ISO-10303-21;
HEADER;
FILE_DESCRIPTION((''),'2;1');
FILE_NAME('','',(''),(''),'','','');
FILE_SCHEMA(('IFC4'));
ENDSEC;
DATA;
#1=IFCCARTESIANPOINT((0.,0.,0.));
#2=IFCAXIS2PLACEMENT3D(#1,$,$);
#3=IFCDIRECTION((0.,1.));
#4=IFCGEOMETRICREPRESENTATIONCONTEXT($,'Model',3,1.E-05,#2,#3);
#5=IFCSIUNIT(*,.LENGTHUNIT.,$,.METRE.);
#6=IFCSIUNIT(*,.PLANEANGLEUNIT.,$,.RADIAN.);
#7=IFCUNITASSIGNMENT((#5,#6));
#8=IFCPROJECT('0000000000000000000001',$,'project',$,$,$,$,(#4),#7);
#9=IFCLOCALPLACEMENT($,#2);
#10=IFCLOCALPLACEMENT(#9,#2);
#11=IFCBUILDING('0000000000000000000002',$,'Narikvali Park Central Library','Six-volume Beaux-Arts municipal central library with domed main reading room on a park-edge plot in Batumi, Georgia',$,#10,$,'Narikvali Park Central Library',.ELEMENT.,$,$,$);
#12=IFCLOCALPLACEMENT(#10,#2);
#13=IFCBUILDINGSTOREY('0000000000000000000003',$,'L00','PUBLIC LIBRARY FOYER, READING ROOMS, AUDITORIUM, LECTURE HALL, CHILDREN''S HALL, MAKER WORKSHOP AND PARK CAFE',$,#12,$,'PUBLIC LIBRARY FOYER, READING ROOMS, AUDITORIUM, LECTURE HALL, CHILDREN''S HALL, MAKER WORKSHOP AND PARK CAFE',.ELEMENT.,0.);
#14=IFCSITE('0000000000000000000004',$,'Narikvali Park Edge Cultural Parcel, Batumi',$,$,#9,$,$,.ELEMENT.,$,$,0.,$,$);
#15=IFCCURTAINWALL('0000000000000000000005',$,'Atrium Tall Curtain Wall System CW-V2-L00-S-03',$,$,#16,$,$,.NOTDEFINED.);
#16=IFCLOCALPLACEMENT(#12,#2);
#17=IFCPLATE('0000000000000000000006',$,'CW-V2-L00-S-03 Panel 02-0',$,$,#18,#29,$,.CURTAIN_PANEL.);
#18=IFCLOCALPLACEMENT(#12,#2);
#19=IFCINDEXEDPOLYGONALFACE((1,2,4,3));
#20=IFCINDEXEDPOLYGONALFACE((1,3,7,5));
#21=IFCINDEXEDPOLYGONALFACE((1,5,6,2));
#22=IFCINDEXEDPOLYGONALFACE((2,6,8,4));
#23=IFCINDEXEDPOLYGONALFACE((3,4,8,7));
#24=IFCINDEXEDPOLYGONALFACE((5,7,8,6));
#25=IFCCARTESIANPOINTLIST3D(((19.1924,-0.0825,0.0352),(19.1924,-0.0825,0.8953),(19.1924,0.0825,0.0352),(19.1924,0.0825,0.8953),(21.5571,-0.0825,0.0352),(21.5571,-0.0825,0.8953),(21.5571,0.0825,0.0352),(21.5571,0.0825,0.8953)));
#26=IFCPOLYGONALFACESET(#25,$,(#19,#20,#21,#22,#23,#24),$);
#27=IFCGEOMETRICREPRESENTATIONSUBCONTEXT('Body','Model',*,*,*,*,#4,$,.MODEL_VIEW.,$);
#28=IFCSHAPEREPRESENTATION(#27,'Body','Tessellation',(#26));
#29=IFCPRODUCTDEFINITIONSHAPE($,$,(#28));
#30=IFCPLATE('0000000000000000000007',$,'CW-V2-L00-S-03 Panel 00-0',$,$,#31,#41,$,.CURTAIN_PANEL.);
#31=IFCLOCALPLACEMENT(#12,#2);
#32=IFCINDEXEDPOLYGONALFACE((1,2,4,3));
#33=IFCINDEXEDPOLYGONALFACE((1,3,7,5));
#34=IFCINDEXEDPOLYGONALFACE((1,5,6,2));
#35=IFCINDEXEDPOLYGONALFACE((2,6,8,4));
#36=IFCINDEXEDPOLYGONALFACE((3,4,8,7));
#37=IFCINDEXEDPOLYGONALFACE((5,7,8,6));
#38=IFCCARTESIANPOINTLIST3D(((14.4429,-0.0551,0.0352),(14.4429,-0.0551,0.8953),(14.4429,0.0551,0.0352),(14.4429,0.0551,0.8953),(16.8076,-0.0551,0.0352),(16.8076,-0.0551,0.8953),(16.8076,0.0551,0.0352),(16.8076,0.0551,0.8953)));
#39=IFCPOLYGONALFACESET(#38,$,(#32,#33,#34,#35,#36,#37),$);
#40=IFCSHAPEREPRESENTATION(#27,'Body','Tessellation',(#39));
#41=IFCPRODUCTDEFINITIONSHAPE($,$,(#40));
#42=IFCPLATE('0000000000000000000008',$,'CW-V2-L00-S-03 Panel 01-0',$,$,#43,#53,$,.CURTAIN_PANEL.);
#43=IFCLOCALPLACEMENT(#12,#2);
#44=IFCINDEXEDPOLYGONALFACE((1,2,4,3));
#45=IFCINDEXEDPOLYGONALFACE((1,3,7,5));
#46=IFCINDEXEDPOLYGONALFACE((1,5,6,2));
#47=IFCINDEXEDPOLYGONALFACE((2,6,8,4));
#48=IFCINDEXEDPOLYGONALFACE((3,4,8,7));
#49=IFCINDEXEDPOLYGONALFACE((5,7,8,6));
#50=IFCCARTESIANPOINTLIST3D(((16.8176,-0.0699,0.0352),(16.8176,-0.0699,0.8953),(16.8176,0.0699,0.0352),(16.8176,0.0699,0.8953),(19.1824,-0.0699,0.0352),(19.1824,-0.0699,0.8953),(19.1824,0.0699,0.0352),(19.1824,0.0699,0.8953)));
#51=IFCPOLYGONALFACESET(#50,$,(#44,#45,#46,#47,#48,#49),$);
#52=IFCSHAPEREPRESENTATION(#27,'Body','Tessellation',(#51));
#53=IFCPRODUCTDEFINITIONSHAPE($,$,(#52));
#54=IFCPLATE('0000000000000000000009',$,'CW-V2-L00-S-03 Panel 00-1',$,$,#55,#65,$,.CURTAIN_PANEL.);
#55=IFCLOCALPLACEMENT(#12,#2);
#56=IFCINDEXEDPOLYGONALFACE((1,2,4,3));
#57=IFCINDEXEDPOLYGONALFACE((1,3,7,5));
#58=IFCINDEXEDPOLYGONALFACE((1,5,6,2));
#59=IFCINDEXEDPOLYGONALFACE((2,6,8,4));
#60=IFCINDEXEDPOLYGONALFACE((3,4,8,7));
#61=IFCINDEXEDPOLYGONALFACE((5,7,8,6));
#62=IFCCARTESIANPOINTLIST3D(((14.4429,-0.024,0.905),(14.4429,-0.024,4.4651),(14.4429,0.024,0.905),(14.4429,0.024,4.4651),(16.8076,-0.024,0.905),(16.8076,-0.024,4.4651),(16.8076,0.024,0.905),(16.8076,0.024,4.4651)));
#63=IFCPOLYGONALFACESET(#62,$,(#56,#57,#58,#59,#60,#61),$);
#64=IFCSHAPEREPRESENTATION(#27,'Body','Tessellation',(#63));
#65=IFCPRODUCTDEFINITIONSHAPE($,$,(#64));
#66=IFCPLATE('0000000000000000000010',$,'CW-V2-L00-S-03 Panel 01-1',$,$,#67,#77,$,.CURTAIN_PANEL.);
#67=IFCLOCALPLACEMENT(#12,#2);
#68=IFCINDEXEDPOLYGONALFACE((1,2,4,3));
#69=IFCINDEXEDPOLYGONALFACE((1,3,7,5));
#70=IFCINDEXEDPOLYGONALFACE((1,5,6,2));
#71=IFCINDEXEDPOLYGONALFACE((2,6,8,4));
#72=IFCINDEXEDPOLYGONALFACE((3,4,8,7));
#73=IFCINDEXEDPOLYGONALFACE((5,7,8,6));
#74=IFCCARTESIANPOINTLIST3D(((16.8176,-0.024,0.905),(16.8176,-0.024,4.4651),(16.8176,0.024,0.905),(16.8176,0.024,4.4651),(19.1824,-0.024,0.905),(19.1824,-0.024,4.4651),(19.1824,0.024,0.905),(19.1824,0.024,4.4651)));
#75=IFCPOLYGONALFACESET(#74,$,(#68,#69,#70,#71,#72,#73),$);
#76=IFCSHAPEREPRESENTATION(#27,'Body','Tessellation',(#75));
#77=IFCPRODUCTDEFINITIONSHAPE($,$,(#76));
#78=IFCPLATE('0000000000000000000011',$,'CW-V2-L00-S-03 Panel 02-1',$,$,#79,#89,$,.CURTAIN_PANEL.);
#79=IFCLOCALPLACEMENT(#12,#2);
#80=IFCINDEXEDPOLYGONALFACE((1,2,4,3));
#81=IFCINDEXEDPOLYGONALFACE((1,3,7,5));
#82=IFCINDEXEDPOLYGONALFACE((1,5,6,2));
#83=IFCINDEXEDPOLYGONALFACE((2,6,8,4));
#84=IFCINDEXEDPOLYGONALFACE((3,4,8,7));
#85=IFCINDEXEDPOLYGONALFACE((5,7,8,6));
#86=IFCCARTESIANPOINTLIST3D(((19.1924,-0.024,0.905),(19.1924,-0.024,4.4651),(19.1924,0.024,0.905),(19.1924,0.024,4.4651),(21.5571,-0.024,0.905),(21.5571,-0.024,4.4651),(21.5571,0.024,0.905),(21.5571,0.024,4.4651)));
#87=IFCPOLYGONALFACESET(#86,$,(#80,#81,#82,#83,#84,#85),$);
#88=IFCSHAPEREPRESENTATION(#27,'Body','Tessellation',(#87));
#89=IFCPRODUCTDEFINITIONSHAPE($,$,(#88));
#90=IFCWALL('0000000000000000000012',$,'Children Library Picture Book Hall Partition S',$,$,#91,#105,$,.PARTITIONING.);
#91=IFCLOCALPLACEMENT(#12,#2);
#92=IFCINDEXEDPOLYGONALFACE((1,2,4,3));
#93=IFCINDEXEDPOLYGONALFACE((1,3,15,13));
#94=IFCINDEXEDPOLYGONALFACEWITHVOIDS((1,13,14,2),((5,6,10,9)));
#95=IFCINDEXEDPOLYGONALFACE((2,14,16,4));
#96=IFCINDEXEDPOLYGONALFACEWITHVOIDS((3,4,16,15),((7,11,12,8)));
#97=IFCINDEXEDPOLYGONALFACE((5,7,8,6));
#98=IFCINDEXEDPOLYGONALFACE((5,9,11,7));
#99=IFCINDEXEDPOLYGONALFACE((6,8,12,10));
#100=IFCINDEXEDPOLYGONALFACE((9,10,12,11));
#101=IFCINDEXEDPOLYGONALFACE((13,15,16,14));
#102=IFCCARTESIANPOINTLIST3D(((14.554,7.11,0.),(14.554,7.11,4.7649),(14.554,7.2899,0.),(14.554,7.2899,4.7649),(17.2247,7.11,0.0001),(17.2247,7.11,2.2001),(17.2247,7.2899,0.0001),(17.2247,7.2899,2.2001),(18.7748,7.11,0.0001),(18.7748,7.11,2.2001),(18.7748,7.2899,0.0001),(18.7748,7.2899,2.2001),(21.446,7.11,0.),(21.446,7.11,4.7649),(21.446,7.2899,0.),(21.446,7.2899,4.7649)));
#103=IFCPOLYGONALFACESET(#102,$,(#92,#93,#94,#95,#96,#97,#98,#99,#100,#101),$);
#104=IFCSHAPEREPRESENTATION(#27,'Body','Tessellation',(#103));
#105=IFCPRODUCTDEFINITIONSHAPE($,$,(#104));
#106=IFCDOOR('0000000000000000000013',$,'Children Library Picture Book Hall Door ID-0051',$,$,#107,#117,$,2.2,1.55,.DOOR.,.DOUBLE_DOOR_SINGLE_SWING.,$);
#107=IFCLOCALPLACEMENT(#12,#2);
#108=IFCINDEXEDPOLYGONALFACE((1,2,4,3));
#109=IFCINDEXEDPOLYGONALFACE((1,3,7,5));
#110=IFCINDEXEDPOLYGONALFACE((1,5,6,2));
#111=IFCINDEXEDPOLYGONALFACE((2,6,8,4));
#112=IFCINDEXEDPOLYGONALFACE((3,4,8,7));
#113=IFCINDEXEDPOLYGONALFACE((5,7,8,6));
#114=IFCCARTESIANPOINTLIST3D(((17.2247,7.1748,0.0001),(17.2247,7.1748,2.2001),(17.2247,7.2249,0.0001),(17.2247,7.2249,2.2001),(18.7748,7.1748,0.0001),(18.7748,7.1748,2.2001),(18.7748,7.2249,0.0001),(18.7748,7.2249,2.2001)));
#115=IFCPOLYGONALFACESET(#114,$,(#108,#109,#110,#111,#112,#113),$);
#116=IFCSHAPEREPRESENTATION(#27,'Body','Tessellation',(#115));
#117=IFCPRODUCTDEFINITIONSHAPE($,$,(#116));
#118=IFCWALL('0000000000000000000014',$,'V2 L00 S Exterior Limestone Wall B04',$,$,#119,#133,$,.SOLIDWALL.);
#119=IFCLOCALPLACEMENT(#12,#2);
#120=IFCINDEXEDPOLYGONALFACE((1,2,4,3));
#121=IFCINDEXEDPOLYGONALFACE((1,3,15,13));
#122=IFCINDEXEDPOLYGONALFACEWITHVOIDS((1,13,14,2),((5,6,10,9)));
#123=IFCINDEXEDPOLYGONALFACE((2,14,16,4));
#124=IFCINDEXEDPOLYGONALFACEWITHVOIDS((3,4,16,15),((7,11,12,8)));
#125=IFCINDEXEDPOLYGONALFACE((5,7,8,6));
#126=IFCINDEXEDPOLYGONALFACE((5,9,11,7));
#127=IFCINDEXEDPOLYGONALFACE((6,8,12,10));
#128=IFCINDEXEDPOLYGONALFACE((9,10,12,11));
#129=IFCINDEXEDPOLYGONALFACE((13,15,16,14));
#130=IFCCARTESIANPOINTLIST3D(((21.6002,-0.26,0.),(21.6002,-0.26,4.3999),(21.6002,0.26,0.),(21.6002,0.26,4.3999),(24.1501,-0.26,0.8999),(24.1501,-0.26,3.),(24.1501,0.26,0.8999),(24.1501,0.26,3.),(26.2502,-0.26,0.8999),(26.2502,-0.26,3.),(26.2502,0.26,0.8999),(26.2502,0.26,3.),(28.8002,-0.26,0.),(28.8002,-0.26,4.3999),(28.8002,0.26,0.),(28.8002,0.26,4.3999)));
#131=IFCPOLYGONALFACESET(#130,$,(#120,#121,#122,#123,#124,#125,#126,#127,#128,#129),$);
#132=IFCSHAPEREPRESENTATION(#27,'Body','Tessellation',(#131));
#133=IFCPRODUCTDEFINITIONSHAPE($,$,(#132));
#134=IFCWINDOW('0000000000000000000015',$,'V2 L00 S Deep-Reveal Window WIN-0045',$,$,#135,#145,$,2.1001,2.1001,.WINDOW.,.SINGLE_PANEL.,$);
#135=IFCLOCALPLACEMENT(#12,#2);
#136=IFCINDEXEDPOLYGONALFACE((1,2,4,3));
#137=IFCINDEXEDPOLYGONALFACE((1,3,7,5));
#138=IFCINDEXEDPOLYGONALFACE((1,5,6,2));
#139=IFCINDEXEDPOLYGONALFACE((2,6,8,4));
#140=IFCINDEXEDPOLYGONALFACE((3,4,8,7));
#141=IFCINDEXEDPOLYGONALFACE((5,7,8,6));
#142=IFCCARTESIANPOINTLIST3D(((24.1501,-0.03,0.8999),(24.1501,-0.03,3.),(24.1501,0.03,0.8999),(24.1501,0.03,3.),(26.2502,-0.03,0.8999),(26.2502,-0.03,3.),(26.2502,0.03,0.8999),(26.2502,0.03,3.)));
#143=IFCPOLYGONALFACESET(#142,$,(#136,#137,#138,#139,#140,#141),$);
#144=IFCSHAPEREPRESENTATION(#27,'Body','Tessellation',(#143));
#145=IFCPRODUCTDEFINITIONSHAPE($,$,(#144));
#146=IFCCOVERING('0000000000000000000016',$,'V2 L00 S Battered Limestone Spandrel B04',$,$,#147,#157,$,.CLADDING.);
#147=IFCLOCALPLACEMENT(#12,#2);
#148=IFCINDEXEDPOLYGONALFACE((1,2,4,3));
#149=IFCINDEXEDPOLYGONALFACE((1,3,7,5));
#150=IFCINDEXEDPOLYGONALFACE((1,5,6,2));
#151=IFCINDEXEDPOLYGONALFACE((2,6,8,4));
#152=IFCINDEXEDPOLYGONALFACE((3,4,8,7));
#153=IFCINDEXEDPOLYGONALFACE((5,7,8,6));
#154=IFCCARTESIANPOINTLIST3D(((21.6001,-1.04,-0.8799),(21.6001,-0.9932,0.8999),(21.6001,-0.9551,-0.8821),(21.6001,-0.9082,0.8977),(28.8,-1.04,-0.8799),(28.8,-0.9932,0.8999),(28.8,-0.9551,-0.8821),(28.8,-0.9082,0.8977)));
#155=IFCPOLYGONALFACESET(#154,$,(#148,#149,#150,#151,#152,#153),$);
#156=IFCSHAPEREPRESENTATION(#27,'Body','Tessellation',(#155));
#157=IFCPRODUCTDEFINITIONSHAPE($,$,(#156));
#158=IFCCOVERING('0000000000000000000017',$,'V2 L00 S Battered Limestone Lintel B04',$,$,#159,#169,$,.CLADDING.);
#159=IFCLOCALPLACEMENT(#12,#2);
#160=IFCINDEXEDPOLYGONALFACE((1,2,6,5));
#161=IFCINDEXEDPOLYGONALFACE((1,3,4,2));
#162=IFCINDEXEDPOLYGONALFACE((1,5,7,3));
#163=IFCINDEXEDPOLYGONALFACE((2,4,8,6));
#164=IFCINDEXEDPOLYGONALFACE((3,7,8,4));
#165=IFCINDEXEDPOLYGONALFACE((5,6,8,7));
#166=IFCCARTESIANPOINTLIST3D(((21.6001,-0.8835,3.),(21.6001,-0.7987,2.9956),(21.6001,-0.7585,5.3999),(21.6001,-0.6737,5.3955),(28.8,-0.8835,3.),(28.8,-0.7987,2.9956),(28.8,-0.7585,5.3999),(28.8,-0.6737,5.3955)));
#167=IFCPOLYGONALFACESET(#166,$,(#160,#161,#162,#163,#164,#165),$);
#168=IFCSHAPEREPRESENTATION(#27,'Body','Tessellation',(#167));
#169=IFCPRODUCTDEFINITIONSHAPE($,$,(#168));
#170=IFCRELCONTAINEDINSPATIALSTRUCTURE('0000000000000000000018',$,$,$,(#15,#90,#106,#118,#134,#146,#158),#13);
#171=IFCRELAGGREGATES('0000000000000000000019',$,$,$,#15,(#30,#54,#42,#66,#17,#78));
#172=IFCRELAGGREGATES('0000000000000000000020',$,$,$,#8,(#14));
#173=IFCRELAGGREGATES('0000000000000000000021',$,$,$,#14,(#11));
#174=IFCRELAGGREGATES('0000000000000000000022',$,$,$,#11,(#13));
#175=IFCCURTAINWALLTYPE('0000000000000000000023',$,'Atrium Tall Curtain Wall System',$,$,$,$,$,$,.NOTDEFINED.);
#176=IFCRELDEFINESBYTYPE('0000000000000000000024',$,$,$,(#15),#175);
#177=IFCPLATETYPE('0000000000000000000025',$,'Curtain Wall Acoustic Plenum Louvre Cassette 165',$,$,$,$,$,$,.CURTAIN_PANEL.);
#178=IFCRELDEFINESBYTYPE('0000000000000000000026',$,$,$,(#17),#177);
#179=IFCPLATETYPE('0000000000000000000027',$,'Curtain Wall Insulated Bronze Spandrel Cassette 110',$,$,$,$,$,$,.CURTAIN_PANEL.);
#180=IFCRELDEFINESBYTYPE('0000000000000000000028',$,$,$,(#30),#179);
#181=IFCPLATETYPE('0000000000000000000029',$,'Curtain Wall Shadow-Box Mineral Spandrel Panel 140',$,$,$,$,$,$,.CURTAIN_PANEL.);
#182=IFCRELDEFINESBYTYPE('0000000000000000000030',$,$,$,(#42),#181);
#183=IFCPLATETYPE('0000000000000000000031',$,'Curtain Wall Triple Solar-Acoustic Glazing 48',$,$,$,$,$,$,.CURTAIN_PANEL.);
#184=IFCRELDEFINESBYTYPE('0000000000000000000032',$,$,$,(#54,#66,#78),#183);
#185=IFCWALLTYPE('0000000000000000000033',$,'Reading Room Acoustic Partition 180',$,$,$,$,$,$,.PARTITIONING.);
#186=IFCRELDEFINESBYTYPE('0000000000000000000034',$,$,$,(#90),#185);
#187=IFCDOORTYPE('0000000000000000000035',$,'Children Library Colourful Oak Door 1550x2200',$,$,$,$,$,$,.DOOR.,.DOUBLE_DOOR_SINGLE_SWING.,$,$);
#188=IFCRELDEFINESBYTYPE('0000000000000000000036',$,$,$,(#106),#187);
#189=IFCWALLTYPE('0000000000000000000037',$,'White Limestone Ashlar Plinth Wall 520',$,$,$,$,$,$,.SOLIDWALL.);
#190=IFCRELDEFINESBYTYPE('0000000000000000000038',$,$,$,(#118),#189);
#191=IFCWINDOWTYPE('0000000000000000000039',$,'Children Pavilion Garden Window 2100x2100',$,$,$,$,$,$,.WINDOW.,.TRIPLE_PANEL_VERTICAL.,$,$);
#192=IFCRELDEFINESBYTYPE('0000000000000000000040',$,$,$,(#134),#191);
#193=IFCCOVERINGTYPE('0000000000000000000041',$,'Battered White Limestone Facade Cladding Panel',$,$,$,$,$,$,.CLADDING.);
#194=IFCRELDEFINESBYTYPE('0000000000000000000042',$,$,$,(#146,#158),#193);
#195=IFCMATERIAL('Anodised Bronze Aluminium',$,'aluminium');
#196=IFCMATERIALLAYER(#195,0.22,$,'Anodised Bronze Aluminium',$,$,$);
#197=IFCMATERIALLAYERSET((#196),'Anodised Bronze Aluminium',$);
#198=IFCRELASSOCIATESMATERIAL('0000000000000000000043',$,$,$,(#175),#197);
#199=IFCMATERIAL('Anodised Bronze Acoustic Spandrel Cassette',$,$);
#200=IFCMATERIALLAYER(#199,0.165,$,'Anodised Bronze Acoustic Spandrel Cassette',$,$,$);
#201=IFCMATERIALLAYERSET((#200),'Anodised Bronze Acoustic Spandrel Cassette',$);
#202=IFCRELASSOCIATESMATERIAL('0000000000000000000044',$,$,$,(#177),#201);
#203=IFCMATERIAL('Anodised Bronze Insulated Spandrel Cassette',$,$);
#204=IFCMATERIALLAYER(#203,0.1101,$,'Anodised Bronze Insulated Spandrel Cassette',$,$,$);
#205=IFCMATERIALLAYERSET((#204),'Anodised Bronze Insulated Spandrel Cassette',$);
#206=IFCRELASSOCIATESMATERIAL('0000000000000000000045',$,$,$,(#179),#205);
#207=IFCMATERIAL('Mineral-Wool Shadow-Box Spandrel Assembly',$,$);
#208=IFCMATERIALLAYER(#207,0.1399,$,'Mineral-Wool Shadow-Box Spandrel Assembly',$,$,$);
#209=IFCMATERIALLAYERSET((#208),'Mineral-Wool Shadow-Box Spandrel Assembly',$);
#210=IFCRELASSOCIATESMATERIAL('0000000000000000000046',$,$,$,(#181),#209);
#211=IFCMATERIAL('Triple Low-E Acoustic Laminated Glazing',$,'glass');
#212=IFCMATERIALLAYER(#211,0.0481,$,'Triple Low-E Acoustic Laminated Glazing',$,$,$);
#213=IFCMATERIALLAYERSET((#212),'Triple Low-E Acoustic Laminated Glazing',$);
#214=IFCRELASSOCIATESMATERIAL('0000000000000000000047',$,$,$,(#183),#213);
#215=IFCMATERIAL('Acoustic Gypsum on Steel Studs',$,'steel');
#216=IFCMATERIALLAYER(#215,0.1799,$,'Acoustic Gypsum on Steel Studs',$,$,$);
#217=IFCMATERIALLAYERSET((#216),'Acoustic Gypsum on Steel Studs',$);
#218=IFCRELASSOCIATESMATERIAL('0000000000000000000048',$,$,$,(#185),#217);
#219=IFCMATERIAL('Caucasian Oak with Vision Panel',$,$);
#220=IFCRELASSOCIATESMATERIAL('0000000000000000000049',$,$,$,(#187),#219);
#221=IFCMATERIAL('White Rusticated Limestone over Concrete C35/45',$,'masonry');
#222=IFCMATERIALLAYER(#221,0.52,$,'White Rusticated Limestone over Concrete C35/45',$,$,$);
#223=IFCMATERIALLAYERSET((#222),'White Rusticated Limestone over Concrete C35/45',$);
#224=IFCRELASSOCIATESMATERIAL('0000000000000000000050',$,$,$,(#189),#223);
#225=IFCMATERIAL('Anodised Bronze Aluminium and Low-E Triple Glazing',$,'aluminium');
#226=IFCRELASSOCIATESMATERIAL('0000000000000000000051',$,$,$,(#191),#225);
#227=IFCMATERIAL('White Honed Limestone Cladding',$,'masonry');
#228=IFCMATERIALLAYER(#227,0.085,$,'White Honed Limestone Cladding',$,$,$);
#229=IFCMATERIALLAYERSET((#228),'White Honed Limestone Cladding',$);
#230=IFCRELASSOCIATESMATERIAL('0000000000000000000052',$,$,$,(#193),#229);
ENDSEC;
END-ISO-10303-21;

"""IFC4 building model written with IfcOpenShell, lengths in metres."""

from ifc_helpers import new_model, si_unit, direction, frame, frame_2d, origin, origin_2d, place, context, subcontext, project, spatial, polyline, rectangle, outline, extrude, material, layer, layer_set, type_object, element, fill, aggregate, save


model = new_model("IFC4")

# Units and contexts
model_context = context("Model", 3, precision=1e-05, world=origin(), true_north=direction((0.0, 1.0)))
body_context = subcontext(model_context, "Body", "Model", "MODEL_VIEW")
ifc_project = project(units=[si_unit("LENGTHUNIT", "METRE"), si_unit("PLANEANGLEUNIT", "RADIAN")], contexts=[model_context])

# Site, building, storey
site_placement = place(None, origin())
site = spatial("IfcSite", under=ifc_project, at=site_placement, Name="Narikvali Park Edge Cultural Parcel, Batumi", CompositionType="ELEMENT", RefElevation=0.0)
building_placement = place(site_placement, origin())
building = spatial("IfcBuilding", under=site, at=building_placement, Name="Narikvali Park Central Library", Description="Six-volume Beaux-Arts municipal central library with domed main reading room on a park-edge plot in Batumi, Georgia", LongName="Narikvali Park Central Library", CompositionType="ELEMENT")
storey_placement = place(building_placement, origin())
storey = spatial("IfcBuildingStorey", under=building, at=storey_placement, Name="L00", Description="PUBLIC LIBRARY FOYER, READING ROOMS, AUDITORIUM, LECTURE HALL, CHILDREN'S HALL, MAKER WORKSHOP AND PARK CAFE", LongName="PUBLIC LIBRARY FOYER, READING ROOMS, AUDITORIUM, LECTURE HALL, CHILDREN'S HALL, MAKER WORKSHOP AND PARK CAFE", CompositionType="ELEMENT", Elevation=0.0)

# Curtain wall
ifc_material_1 = material(Name="Anodised Bronze Aluminium", Category="aluminium")
ifc_layer_1 = layer(ifc_material_1, 0.22, Name="Anodised Bronze Aluminium")
ifc_layer_set_1 = layer_set([ifc_layer_1], Name="Anodised Bronze Aluminium")
curtain_wall_type = type_object("IfcCurtainWallType", Name="Atrium Tall Curtain Wall System", PredefinedType="NOTDEFINED", material=ifc_layer_set_1)
curtain_wall_placement = place(storey_placement, origin())
curtain_wall = element("IfcCurtainWall", 1, at=curtain_wall_placement, inside=storey, type_object=curtain_wall_type, Name="Atrium Tall Curtain Wall System CW-V2-L00-S-03", PredefinedType="NOTDEFINED")

# Plates
ifc_material_2 = material(Name="Anodised Bronze Acoustic Spandrel Cassette")
ifc_layer_2 = layer(ifc_material_2, 0.165, Name="Anodised Bronze Acoustic Spandrel Cassette")
ifc_layer_set_2 = layer_set([ifc_layer_2], Name="Anodised Bronze Acoustic Spandrel Cassette")
plate_type_1 = type_object("IfcPlateType", Name="Curtain Wall Acoustic Plenum Louvre Cassette 165", PredefinedType="CURTAIN_PANEL", material=ifc_layer_set_2)
plate_1_placement = place(storey_placement, frame((20.3748, 0.0, 0.0352), z_axis=(0.0, 0.0, 1.0), x_axis=(1.0, 0.0, 0.0)))
plate_1 = element("IfcPlate", 2, at=plate_1_placement, type_object=plate_type_1, Name="CW-V2-L00-S-03 Panel 02-0", PredefinedType="CURTAIN_PANEL", context=body_context, shape_type="SweptSolid", body=[
    extrude(rectangle(XDim=2.3647, YDim=0.165, at=origin_2d()), origin(), (0.0, 0.0, 1.0), 0.8601),
])
ifc_material_3 = material(Name="Anodised Bronze Insulated Spandrel Cassette")
ifc_layer_3 = layer(ifc_material_3, 0.1101, Name="Anodised Bronze Insulated Spandrel Cassette")
ifc_layer_set_3 = layer_set([ifc_layer_3], Name="Anodised Bronze Insulated Spandrel Cassette")
plate_type_2 = type_object("IfcPlateType", Name="Curtain Wall Insulated Bronze Spandrel Cassette 110", PredefinedType="CURTAIN_PANEL", material=ifc_layer_set_3)
plate_2_placement = place(storey_placement, frame((15.6252, 0.0, 0.0352), z_axis=(0.0, 0.0, 1.0), x_axis=(1.0, 0.0, 0.0)))
plate_2 = element("IfcPlate", 3, at=plate_2_placement, type_object=plate_type_2, Name="CW-V2-L00-S-03 Panel 00-0", PredefinedType="CURTAIN_PANEL", context=body_context, shape_type="SweptSolid", body=[
    extrude(rectangle(XDim=2.3647, YDim=0.1101, at=origin_2d()), origin(), (0.0, 0.0, 1.0), 0.8601),
])
ifc_material_4 = material(Name="Mineral-Wool Shadow-Box Spandrel Assembly")
ifc_layer_4 = layer(ifc_material_4, 0.1399, Name="Mineral-Wool Shadow-Box Spandrel Assembly")
ifc_layer_set_4 = layer_set([ifc_layer_4], Name="Mineral-Wool Shadow-Box Spandrel Assembly")
plate_type_3 = type_object("IfcPlateType", Name="Curtain Wall Shadow-Box Mineral Spandrel Panel 140", PredefinedType="CURTAIN_PANEL", material=ifc_layer_set_4)
plate_3_placement = place(storey_placement, frame((18.0, 0.0, 0.0352), z_axis=(0.0, 0.0, 1.0), x_axis=(1.0, 0.0, 0.0)))
plate_3 = element("IfcPlate", 4, at=plate_3_placement, type_object=plate_type_3, Name="CW-V2-L00-S-03 Panel 01-0", PredefinedType="CURTAIN_PANEL", context=body_context, shape_type="SweptSolid", body=[
    extrude(rectangle(XDim=2.3647, YDim=0.1399, at=origin_2d()), origin(), (0.0, 0.0, 1.0), 0.8601),
])
ifc_material_5 = material(Name="Triple Low-E Acoustic Laminated Glazing", Category="glass")
ifc_layer_5 = layer(ifc_material_5, 0.0481, Name="Triple Low-E Acoustic Laminated Glazing")
ifc_layer_set_5 = layer_set([ifc_layer_5], Name="Triple Low-E Acoustic Laminated Glazing")
plate_type_4 = type_object("IfcPlateType", Name="Curtain Wall Triple Solar-Acoustic Glazing 48", PredefinedType="CURTAIN_PANEL", material=ifc_layer_set_5)
plate_4_placement = place(storey_placement, frame((15.6252, 0.0, 0.905), z_axis=(0.0, 0.0, 1.0), x_axis=(1.0, 0.0, 0.0)))
plate_4 = element("IfcPlate", 5, at=plate_4_placement, type_object=plate_type_4, Name="CW-V2-L00-S-03 Panel 00-1", PredefinedType="CURTAIN_PANEL", context=body_context, shape_type="SweptSolid", body=[
    extrude(rectangle(XDim=2.3647, YDim=0.0481, at=origin_2d()), origin(), (0.0, 0.0, 1.0), 3.5601),
])
plate_5_placement = place(storey_placement, frame((18.0, 0.0, 0.905), z_axis=(0.0, 0.0, 1.0), x_axis=(1.0, 0.0, 0.0)))
plate_5 = element("IfcPlate", 6, at=plate_5_placement, type_object=plate_type_4, Name="CW-V2-L00-S-03 Panel 01-1", PredefinedType="CURTAIN_PANEL", context=body_context, shape_type="SweptSolid", body=[
    extrude(rectangle(XDim=2.3647, YDim=0.0481, at=origin_2d()), origin(), (0.0, 0.0, 1.0), 3.5601),
])
plate_6_placement = place(storey_placement, frame((20.3748, 0.0, 0.905), z_axis=(0.0, 0.0, 1.0), x_axis=(1.0, 0.0, 0.0)))
plate_6 = element("IfcPlate", 7, at=plate_6_placement, type_object=plate_type_4, Name="CW-V2-L00-S-03 Panel 02-1", PredefinedType="CURTAIN_PANEL", context=body_context, shape_type="SweptSolid", body=[
    extrude(rectangle(XDim=2.3647, YDim=0.0481, at=origin_2d()), origin(), (0.0, 0.0, 1.0), 3.5601),
])
aggregate(curtain_wall, [plate_2, plate_4, plate_3, plate_5, plate_1, plate_6])

# Wall, opening, door
ifc_material_6 = material(Name="Acoustic Gypsum on Steel Studs", Category="steel")
ifc_layer_6 = layer(ifc_material_6, 0.1799, Name="Acoustic Gypsum on Steel Studs")
ifc_layer_set_6 = layer_set([ifc_layer_6], Name="Acoustic Gypsum on Steel Studs")
wall_type_1 = type_object("IfcWallType", Name="Reading Room Acoustic Partition 180", PredefinedType="PARTITIONING", material=ifc_layer_set_6)
wall_1_placement = place(storey_placement, frame((14.554, 7.2, 0.0), z_axis=(0.0, 0.0, 1.0), x_axis=(1.0, 0.0, 0.0)))
wall_1 = element("IfcWall", 8, at=wall_1_placement, inside=storey, type_object=wall_type_1, Name="Children Library Picture Book Hall Partition S", PredefinedType="PARTITIONING", context=body_context, shape_type="SweptSolid", body=[
    extrude(rectangle(XDim=6.8921, YDim=0.1799, at=frame_2d((3.446, 0.0))), origin(), (0.0, 0.0, 1.0), 4.7649),
])
opening_1_placement = place(wall_1_placement, frame((2.6709, 0.0, 0.0)))
opening_1 = element("IfcOpeningElement", 9, at=opening_1_placement, cuts=wall_1, PredefinedType="OPENING", context=body_context, shape_type="SweptSolid", body=[
    extrude(rectangle(XDim=1.55, YDim=2.2, at=frame_2d((0.7749, 1.1001))), frame((0.0, 0.1021, 0.0), z_axis=(0.0, -1.0, 0.0), x_axis=(1.0, 0.0, 0.0)), (0.0, 0.0, 1.0), 0.2039),
])
ifc_material_7 = material(Name="Caucasian Oak with Vision Panel")
door_type = type_object("IfcDoorType", Name="Children Library Colourful Oak Door 1550x2200", OperationType="DOUBLE_DOOR_SINGLE_SWING", PredefinedType="DOOR", material=ifc_material_7)
door_placement = place(opening_1_placement, origin())
door = element("IfcDoor", 10, at=door_placement, inside=storey, type_object=door_type, Name="Children Library Picture Book Hall Door ID-0051", OperationType="DOUBLE_DOOR_SINGLE_SWING", OverallHeight=2.2, OverallWidth=1.55, PredefinedType="DOOR", context=body_context, shape_type="SweptSolid", body=[
    extrude(rectangle(XDim=1.55, YDim=2.2, at=frame_2d((0.7749, 1.1001))), frame((0.0, 0.0249, 0.0), z_axis=(0.0, -1.0, 0.0), x_axis=(1.0, 0.0, 0.0)), (0.0, 0.0, 1.0), 0.05),
])
fill(opening_1, door)

# Wall, opening, window
ifc_material_8 = material(Name="White Rusticated Limestone over Concrete C35/45", Category="masonry")
ifc_layer_7 = layer(ifc_material_8, 0.52, Name="White Rusticated Limestone over Concrete C35/45")
ifc_layer_set_7 = layer_set([ifc_layer_7], Name="White Rusticated Limestone over Concrete C35/45")
wall_type_2 = type_object("IfcWallType", Name="White Limestone Ashlar Plinth Wall 520", PredefinedType="SOLIDWALL", material=ifc_layer_set_7)
wall_2_placement = place(storey_placement, frame((21.6001, 0.0, 0.0), z_axis=(0.0, 0.0, 1.0), x_axis=(1.0, 0.0, 0.0)))
wall_2 = element("IfcWall", 11, at=wall_2_placement, inside=storey, type_object=wall_type_2, Name="V2 L00 S Exterior Limestone Wall B04", PredefinedType="SOLIDWALL", context=body_context, shape_type="SweptSolid", body=[
    extrude(rectangle(XDim=7.2, YDim=0.52, at=frame_2d((3.6001, 0.0))), origin(), (0.0, 0.0, 1.0), 4.3999),
])
opening_2_placement = place(wall_2_placement, frame((2.55, 0.0, 0.8999)))
opening_2 = element("IfcOpeningElement", 12, at=opening_2_placement, cuts=wall_2, PredefinedType="OPENING", context=body_context, shape_type="SweptSolid", body=[
    extrude(rectangle(XDim=2.1001, YDim=2.1001, at=frame_2d((1.05, 1.05))), frame((0.0, 0.272, 0.0), z_axis=(0.0, -1.0, 0.0), x_axis=(1.0, 0.0, 0.0)), (0.0, 0.0, 1.0), 0.5439),
])
ifc_material_9 = material(Name="Anodised Bronze Aluminium and Low-E Triple Glazing", Category="aluminium")
window_type = type_object("IfcWindowType", Name="Children Pavilion Garden Window 2100x2100", PartitioningType="TRIPLE_PANEL_VERTICAL", PredefinedType="WINDOW", material=ifc_material_9)
window_placement = place(opening_2_placement, origin())
window = element("IfcWindow", 13, at=window_placement, inside=storey, type_object=window_type, Name="V2 L00 S Deep-Reveal Window WIN-0045", OverallHeight=2.1001, OverallWidth=2.1001, PartitioningType="SINGLE_PANEL", PredefinedType="WINDOW", context=body_context, shape_type="SweptSolid", body=[
    extrude(rectangle(XDim=2.1001, YDim=2.1001, at=frame_2d((1.05, 1.05))), frame((0.0, 0.03, 0.0), z_axis=(0.0, -1.0, 0.0), x_axis=(1.0, 0.0, 0.0)), (0.0, 0.0, 1.0), 0.0601),
])
fill(opening_2, window)

# Coverings
ifc_material_10 = material(Name="White Honed Limestone Cladding", Category="masonry")
ifc_layer_8 = layer(ifc_material_10, 0.085, Name="White Honed Limestone Cladding")
ifc_layer_set_8 = layer_set([ifc_layer_8], Name="White Honed Limestone Cladding")
covering_type = type_object("IfcCoveringType", Name="Battered White Limestone Facade Cladding Panel", PredefinedType="CLADDING", material=ifc_layer_set_8)
covering_1_placement = place(storey_placement, frame((21.6001, -1.04, -0.8799), z_axis=(0.0, -0.999653, 0.026328), x_axis=(1.0, 0.0, 0.0)))
element("IfcCovering", 14, at=covering_1_placement, inside=storey, type_object=covering_type, Name="V2 L00 S Battered Limestone Spandrel B04", PredefinedType="CLADDING", context=body_context, shape_type="SweptSolid", body=[
    extrude(outline(polyline([(0.0, 0.0), (7.2, 0.0), (7.2, 1.7804), (0.0, 1.7804), (0.0, 0.0)])), origin(), (0.0, 0.0, -1.0), 0.085),
])
covering_2_placement = place(storey_placement, frame((21.6001, -0.8835, 3.0), z_axis=(0.0, -0.998646, 0.052015), x_axis=(1.0, 0.0, 0.0)))
element("IfcCovering", 15, at=covering_2_placement, inside=storey, type_object=covering_type, Name="V2 L00 S Battered Limestone Lintel B04", PredefinedType="CLADDING", context=body_context, shape_type="SweptSolid", body=[
    extrude(outline(polyline([(0.0, 0.0), (7.2, 0.0), (7.2, 2.4032), (0.0, 2.4032), (0.0, 0.0)])), origin(), (0.0, 0.0, -1.0), 0.085),
])

save(model, "model.ifc")
